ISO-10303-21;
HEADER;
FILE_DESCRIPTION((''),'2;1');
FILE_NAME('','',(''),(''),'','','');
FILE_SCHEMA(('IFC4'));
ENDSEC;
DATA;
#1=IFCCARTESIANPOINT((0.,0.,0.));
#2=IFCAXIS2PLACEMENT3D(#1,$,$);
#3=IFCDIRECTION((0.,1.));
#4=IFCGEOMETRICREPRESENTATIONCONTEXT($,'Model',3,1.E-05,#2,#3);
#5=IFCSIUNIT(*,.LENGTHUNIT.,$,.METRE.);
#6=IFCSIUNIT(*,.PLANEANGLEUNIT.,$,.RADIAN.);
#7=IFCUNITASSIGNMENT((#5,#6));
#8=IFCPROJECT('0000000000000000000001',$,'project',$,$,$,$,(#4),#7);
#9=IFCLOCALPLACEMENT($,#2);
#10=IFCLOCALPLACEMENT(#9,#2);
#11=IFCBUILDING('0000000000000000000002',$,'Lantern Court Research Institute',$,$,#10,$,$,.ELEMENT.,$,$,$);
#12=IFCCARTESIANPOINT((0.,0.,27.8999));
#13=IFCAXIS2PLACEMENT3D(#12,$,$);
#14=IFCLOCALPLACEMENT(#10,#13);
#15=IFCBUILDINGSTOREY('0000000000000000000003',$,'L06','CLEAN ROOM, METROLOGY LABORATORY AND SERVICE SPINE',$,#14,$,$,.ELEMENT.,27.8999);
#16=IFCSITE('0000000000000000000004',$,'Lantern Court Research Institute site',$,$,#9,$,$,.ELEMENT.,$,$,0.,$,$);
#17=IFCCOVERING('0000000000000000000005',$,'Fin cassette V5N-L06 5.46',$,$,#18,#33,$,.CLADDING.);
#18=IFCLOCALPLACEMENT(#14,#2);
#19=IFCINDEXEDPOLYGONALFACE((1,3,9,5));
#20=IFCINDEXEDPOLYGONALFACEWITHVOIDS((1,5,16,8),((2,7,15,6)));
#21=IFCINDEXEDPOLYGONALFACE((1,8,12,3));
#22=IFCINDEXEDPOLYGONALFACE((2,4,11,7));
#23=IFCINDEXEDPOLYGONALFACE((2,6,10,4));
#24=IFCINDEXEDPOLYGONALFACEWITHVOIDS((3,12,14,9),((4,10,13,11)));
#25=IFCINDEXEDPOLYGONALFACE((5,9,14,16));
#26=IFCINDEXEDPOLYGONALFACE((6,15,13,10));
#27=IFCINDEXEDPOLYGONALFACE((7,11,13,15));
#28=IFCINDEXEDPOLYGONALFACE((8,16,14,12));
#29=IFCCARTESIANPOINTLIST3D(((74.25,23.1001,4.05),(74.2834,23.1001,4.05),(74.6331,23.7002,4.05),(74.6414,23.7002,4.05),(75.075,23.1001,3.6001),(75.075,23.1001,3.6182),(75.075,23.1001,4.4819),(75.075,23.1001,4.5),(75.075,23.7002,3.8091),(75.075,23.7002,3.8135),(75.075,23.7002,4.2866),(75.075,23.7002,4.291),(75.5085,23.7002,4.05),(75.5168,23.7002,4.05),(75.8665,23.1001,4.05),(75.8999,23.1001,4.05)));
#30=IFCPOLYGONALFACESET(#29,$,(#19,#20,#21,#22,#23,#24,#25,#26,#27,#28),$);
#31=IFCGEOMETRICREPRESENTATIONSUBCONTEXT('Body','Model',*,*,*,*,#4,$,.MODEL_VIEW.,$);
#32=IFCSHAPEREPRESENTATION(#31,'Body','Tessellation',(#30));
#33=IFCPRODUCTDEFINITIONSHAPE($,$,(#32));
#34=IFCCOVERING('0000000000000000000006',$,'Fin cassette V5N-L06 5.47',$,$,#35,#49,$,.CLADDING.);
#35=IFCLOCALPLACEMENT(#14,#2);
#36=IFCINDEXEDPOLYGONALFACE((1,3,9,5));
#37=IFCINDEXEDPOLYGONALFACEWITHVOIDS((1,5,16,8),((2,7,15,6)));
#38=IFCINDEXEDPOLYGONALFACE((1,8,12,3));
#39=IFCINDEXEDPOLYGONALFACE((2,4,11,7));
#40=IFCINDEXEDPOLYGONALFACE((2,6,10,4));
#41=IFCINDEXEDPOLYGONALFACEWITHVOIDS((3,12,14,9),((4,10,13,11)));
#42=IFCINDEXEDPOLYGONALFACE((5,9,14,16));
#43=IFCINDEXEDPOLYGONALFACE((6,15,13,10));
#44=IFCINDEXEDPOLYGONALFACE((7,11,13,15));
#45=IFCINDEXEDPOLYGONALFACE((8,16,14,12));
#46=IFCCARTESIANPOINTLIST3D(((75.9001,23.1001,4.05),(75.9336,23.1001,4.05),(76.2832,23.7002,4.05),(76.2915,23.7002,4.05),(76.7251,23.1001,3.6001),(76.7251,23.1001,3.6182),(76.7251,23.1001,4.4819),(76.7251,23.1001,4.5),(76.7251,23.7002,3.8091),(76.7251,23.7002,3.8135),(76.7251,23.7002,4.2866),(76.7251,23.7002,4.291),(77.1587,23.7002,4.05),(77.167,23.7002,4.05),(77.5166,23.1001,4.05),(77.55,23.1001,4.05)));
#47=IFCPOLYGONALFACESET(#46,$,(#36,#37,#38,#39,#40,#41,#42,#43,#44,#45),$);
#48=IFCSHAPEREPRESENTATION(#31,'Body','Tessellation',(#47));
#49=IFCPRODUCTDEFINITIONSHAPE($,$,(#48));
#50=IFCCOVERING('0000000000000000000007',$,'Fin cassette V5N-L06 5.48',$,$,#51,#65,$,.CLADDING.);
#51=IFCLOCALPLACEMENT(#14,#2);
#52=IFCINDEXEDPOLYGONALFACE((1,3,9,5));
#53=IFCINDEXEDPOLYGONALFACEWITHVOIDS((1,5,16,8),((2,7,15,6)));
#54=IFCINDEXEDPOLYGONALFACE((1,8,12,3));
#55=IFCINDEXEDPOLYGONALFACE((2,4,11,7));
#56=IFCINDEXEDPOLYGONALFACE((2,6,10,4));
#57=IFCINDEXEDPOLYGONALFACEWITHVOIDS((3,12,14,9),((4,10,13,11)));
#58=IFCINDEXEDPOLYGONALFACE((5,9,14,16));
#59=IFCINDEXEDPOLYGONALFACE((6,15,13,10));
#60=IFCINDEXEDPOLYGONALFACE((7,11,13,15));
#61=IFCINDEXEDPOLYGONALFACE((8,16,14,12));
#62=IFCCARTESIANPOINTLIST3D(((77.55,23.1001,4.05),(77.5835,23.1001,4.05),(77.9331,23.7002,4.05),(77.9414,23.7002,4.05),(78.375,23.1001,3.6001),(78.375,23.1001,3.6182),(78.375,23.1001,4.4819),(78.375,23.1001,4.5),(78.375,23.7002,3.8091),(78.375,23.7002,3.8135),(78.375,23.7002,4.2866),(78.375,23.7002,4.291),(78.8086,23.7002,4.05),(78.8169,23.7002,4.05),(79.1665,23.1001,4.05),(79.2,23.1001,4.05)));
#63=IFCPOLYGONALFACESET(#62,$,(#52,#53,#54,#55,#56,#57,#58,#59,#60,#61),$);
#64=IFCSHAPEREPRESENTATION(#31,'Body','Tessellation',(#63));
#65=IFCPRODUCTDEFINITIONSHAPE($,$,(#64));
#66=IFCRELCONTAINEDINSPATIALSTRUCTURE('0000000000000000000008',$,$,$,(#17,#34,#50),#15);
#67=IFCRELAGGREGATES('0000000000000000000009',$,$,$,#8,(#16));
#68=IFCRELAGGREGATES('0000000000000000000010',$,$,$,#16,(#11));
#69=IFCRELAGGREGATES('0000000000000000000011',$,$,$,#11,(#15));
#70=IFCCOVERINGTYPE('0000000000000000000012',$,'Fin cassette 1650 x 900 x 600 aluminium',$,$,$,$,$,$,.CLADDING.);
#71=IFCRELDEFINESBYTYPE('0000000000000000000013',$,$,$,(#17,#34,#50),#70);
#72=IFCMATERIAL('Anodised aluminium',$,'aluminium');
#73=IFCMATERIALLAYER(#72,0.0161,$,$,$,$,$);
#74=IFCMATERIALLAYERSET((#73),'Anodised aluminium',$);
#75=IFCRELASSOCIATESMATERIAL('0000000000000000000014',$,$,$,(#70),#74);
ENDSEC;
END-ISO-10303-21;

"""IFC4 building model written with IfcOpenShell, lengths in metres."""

from ifc_helpers import new_model, entity, si_unit, direction, frame, origin, place, context, subcontext, project, spatial, material, layer, layer_set, type_object, element, save


model = new_model("IFC4")

# Units and contexts
model_context = context("Model", 3, precision=1e-05, world=origin(), true_north=direction((0.0, 1.0)))
body_context = subcontext(model_context, "Body", "Model", "MODEL_VIEW")
ifc_project = project(units=[si_unit("LENGTHUNIT", "METRE"), si_unit("PLANEANGLEUNIT", "RADIAN")], contexts=[model_context])

# Site, building, storey
site_placement = place(None, origin())
site = spatial("IfcSite", under=ifc_project, at=site_placement, Name="Lantern Court Research Institute site", CompositionType="ELEMENT", RefElevation=0.0)
building_placement = place(site_placement, origin())
building = spatial("IfcBuilding", under=site, at=building_placement, Name="Lantern Court Research Institute", CompositionType="ELEMENT")
storey_placement = place(building_placement, frame((0.0, 0.0, 27.8999)))
storey = spatial("IfcBuildingStorey", under=building, at=storey_placement, Name="L06", Description="CLEAN ROOM, METROLOGY LABORATORY AND SERVICE SPINE", CompositionType="ELEMENT", Elevation=27.8999)

# Coverings
ifc_material_1 = material(Name="Anodised aluminium", Category="aluminium")
ifc_layer_1 = layer(ifc_material_1, 0.0161)
ifc_layer_set_1 = layer_set([ifc_layer_1], Name="Anodised aluminium")
covering_type = type_object("IfcCoveringType", Name="Fin cassette 1650 x 900 x 600 aluminium", PredefinedType="CLADDING", material=ifc_layer_set_1)
covering_1_placement = place(storey_placement, frame((75.075, 23.1001, 4.05), z_axis=(0.0, 1.0, 0.0), x_axis=(-1.0, 0.0, 0.0)))
cartesian_point_1 = entity("IfcCartesianPoint", [0.825, 0.0])
cartesian_point_2 = entity("IfcCartesianPoint", [0.7915, 0.0])
cartesian_point_3 = entity("IfcCartesianPoint", [0.4419, 0.0])
cartesian_point_4 = entity("IfcCartesianPoint", [0.4336, 0.0])
element("IfcCovering", 1, at=covering_1_placement, inside=storey, type_object=covering_type, Name="Fin cassette V5N-L06 5.46", PredefinedType="CLADDING", context=body_context, shape_type="SweptSolid", body=[
    entity("IfcExtrudedAreaSolidTapered", entity("IfcArbitraryProfileDefWithVoids", "AREA", None, entity("IfcPolyline", [cartesian_point_1, entity("IfcCartesianPoint", [0.0, 0.45]), entity("IfcCartesianPoint", [-0.825, 0.0]), entity("IfcCartesianPoint", [0.0, -0.45]), cartesian_point_1]), [entity("IfcPolyline", [cartesian_point_2, entity("IfcCartesianPoint", [0.0, 0.4319]), entity("IfcCartesianPoint", [-0.7915, 0.0]), entity("IfcCartesianPoint", [0.0, -0.4319]), cartesian_point_2])]), entity("IfcAxis2Placement3D", entity("IfcCartesianPoint", [0.0, 0.0, 0.0])), entity("IfcDirection", [0.0, 0.0, 1.0]), 0.6001, entity("IfcArbitraryProfileDefWithVoids", "AREA", None, entity("IfcPolyline", [cartesian_point_3, entity("IfcCartesianPoint", [0.0, 0.241]), entity("IfcCartesianPoint", [-0.4419, 0.0]), entity("IfcCartesianPoint", [0.0, -0.241]), cartesian_point_3]), [entity("IfcPolyline", [cartesian_point_4, entity("IfcCartesianPoint", [0.0, 0.2366]), entity("IfcCartesianPoint", [-0.4336, 0.0]), entity("IfcCartesianPoint", [0.0, -0.2366]), cartesian_point_4])])),
])
covering_2_placement = place(storey_placement, frame((76.7251, 23.1001, 4.05), z_axis=(0.0, 1.0, 0.0), x_axis=(-1.0, 0.0, 0.0)))
cartesian_point_5 = entity("IfcCartesianPoint", [0.825, 0.0])
cartesian_point_6 = entity("IfcCartesianPoint", [0.7915, 0.0])
cartesian_point_7 = entity("IfcCartesianPoint", [0.4419, 0.0])
cartesian_point_8 = entity("IfcCartesianPoint", [0.4336, 0.0])
element("IfcCovering", 2, at=covering_2_placement, inside=storey, type_object=covering_type, Name="Fin cassette V5N-L06 5.47", PredefinedType="CLADDING", context=body_context, shape_type="SweptSolid", body=[
    entity("IfcExtrudedAreaSolidTapered", entity("IfcArbitraryProfileDefWithVoids", "AREA", None, entity("IfcPolyline", [cartesian_point_5, entity("IfcCartesianPoint", [0.0, 0.45]), entity("IfcCartesianPoint", [-0.825, 0.0]), entity("IfcCartesianPoint", [0.0, -0.45]), cartesian_point_5]), [entity("IfcPolyline", [cartesian_point_6, entity("IfcCartesianPoint", [0.0, 0.4319]), entity("IfcCartesianPoint", [-0.7915, 0.0]), entity("IfcCartesianPoint", [0.0, -0.4319]), cartesian_point_6])]), entity("IfcAxis2Placement3D", entity("IfcCartesianPoint", [0.0, 0.0, 0.0])), entity("IfcDirection", [0.0, 0.0, 1.0]), 0.6001, entity("IfcArbitraryProfileDefWithVoids", "AREA", None, entity("IfcPolyline", [cartesian_point_7, entity("IfcCartesianPoint", [0.0, 0.241]), entity("IfcCartesianPoint", [-0.4419, 0.0]), entity("IfcCartesianPoint", [0.0, -0.241]), cartesian_point_7]), [entity("IfcPolyline", [cartesian_point_8, entity("IfcCartesianPoint", [0.0, 0.2366]), entity("IfcCartesianPoint", [-0.4336, 0.0]), entity("IfcCartesianPoint", [0.0, -0.2366]), cartesian_point_8])])),
])
covering_3_placement = place(storey_placement, frame((78.375, 23.1001, 4.05), z_axis=(0.0, 1.0, 0.0), x_axis=(-1.0, 0.0, 0.0)))
cartesian_point_9 = entity("IfcCartesianPoint", [0.825, 0.0])
cartesian_point_10 = entity("IfcCartesianPoint", [0.7915, 0.0])
cartesian_point_11 = entity("IfcCartesianPoint", [0.4419, 0.0])
cartesian_point_12 = entity("IfcCartesianPoint", [0.4336, 0.0])
element("IfcCovering", 3, at=covering_3_placement, inside=storey, type_object=covering_type, Name="Fin cassette V5N-L06 5.48", PredefinedType="CLADDING", context=body_context, shape_type="SweptSolid", body=[
    entity("IfcExtrudedAreaSolidTapered", entity("IfcArbitraryProfileDefWithVoids", "AREA", None, entity("IfcPolyline", [cartesian_point_9, entity("IfcCartesianPoint", [0.0, 0.45]), entity("IfcCartesianPoint", [-0.825, 0.0]), entity("IfcCartesianPoint", [0.0, -0.45]), cartesian_point_9]), [entity("IfcPolyline", [cartesian_point_10, entity("IfcCartesianPoint", [0.0, 0.4319]), entity("IfcCartesianPoint", [-0.7915, 0.0]), entity("IfcCartesianPoint", [0.0, -0.4319]), cartesian_point_10])]), entity("IfcAxis2Placement3D", entity("IfcCartesianPoint", [0.0, 0.0, 0.0])), entity("IfcDirection", [0.0, 0.0, 1.0]), 0.6001, entity("IfcArbitraryProfileDefWithVoids", "AREA", None, entity("IfcPolyline", [cartesian_point_11, entity("IfcCartesianPoint", [0.0, 0.241]), entity("IfcCartesianPoint", [-0.4419, 0.0]), entity("IfcCartesianPoint", [0.0, -0.241]), cartesian_point_11]), [entity("IfcPolyline", [cartesian_point_12, entity("IfcCartesianPoint", [0.0, 0.2366]), entity("IfcCartesianPoint", [-0.4336, 0.0]), entity("IfcCartesianPoint", [0.0, -0.2366]), cartesian_point_12])])),
])

save(model, "model.ifc")
